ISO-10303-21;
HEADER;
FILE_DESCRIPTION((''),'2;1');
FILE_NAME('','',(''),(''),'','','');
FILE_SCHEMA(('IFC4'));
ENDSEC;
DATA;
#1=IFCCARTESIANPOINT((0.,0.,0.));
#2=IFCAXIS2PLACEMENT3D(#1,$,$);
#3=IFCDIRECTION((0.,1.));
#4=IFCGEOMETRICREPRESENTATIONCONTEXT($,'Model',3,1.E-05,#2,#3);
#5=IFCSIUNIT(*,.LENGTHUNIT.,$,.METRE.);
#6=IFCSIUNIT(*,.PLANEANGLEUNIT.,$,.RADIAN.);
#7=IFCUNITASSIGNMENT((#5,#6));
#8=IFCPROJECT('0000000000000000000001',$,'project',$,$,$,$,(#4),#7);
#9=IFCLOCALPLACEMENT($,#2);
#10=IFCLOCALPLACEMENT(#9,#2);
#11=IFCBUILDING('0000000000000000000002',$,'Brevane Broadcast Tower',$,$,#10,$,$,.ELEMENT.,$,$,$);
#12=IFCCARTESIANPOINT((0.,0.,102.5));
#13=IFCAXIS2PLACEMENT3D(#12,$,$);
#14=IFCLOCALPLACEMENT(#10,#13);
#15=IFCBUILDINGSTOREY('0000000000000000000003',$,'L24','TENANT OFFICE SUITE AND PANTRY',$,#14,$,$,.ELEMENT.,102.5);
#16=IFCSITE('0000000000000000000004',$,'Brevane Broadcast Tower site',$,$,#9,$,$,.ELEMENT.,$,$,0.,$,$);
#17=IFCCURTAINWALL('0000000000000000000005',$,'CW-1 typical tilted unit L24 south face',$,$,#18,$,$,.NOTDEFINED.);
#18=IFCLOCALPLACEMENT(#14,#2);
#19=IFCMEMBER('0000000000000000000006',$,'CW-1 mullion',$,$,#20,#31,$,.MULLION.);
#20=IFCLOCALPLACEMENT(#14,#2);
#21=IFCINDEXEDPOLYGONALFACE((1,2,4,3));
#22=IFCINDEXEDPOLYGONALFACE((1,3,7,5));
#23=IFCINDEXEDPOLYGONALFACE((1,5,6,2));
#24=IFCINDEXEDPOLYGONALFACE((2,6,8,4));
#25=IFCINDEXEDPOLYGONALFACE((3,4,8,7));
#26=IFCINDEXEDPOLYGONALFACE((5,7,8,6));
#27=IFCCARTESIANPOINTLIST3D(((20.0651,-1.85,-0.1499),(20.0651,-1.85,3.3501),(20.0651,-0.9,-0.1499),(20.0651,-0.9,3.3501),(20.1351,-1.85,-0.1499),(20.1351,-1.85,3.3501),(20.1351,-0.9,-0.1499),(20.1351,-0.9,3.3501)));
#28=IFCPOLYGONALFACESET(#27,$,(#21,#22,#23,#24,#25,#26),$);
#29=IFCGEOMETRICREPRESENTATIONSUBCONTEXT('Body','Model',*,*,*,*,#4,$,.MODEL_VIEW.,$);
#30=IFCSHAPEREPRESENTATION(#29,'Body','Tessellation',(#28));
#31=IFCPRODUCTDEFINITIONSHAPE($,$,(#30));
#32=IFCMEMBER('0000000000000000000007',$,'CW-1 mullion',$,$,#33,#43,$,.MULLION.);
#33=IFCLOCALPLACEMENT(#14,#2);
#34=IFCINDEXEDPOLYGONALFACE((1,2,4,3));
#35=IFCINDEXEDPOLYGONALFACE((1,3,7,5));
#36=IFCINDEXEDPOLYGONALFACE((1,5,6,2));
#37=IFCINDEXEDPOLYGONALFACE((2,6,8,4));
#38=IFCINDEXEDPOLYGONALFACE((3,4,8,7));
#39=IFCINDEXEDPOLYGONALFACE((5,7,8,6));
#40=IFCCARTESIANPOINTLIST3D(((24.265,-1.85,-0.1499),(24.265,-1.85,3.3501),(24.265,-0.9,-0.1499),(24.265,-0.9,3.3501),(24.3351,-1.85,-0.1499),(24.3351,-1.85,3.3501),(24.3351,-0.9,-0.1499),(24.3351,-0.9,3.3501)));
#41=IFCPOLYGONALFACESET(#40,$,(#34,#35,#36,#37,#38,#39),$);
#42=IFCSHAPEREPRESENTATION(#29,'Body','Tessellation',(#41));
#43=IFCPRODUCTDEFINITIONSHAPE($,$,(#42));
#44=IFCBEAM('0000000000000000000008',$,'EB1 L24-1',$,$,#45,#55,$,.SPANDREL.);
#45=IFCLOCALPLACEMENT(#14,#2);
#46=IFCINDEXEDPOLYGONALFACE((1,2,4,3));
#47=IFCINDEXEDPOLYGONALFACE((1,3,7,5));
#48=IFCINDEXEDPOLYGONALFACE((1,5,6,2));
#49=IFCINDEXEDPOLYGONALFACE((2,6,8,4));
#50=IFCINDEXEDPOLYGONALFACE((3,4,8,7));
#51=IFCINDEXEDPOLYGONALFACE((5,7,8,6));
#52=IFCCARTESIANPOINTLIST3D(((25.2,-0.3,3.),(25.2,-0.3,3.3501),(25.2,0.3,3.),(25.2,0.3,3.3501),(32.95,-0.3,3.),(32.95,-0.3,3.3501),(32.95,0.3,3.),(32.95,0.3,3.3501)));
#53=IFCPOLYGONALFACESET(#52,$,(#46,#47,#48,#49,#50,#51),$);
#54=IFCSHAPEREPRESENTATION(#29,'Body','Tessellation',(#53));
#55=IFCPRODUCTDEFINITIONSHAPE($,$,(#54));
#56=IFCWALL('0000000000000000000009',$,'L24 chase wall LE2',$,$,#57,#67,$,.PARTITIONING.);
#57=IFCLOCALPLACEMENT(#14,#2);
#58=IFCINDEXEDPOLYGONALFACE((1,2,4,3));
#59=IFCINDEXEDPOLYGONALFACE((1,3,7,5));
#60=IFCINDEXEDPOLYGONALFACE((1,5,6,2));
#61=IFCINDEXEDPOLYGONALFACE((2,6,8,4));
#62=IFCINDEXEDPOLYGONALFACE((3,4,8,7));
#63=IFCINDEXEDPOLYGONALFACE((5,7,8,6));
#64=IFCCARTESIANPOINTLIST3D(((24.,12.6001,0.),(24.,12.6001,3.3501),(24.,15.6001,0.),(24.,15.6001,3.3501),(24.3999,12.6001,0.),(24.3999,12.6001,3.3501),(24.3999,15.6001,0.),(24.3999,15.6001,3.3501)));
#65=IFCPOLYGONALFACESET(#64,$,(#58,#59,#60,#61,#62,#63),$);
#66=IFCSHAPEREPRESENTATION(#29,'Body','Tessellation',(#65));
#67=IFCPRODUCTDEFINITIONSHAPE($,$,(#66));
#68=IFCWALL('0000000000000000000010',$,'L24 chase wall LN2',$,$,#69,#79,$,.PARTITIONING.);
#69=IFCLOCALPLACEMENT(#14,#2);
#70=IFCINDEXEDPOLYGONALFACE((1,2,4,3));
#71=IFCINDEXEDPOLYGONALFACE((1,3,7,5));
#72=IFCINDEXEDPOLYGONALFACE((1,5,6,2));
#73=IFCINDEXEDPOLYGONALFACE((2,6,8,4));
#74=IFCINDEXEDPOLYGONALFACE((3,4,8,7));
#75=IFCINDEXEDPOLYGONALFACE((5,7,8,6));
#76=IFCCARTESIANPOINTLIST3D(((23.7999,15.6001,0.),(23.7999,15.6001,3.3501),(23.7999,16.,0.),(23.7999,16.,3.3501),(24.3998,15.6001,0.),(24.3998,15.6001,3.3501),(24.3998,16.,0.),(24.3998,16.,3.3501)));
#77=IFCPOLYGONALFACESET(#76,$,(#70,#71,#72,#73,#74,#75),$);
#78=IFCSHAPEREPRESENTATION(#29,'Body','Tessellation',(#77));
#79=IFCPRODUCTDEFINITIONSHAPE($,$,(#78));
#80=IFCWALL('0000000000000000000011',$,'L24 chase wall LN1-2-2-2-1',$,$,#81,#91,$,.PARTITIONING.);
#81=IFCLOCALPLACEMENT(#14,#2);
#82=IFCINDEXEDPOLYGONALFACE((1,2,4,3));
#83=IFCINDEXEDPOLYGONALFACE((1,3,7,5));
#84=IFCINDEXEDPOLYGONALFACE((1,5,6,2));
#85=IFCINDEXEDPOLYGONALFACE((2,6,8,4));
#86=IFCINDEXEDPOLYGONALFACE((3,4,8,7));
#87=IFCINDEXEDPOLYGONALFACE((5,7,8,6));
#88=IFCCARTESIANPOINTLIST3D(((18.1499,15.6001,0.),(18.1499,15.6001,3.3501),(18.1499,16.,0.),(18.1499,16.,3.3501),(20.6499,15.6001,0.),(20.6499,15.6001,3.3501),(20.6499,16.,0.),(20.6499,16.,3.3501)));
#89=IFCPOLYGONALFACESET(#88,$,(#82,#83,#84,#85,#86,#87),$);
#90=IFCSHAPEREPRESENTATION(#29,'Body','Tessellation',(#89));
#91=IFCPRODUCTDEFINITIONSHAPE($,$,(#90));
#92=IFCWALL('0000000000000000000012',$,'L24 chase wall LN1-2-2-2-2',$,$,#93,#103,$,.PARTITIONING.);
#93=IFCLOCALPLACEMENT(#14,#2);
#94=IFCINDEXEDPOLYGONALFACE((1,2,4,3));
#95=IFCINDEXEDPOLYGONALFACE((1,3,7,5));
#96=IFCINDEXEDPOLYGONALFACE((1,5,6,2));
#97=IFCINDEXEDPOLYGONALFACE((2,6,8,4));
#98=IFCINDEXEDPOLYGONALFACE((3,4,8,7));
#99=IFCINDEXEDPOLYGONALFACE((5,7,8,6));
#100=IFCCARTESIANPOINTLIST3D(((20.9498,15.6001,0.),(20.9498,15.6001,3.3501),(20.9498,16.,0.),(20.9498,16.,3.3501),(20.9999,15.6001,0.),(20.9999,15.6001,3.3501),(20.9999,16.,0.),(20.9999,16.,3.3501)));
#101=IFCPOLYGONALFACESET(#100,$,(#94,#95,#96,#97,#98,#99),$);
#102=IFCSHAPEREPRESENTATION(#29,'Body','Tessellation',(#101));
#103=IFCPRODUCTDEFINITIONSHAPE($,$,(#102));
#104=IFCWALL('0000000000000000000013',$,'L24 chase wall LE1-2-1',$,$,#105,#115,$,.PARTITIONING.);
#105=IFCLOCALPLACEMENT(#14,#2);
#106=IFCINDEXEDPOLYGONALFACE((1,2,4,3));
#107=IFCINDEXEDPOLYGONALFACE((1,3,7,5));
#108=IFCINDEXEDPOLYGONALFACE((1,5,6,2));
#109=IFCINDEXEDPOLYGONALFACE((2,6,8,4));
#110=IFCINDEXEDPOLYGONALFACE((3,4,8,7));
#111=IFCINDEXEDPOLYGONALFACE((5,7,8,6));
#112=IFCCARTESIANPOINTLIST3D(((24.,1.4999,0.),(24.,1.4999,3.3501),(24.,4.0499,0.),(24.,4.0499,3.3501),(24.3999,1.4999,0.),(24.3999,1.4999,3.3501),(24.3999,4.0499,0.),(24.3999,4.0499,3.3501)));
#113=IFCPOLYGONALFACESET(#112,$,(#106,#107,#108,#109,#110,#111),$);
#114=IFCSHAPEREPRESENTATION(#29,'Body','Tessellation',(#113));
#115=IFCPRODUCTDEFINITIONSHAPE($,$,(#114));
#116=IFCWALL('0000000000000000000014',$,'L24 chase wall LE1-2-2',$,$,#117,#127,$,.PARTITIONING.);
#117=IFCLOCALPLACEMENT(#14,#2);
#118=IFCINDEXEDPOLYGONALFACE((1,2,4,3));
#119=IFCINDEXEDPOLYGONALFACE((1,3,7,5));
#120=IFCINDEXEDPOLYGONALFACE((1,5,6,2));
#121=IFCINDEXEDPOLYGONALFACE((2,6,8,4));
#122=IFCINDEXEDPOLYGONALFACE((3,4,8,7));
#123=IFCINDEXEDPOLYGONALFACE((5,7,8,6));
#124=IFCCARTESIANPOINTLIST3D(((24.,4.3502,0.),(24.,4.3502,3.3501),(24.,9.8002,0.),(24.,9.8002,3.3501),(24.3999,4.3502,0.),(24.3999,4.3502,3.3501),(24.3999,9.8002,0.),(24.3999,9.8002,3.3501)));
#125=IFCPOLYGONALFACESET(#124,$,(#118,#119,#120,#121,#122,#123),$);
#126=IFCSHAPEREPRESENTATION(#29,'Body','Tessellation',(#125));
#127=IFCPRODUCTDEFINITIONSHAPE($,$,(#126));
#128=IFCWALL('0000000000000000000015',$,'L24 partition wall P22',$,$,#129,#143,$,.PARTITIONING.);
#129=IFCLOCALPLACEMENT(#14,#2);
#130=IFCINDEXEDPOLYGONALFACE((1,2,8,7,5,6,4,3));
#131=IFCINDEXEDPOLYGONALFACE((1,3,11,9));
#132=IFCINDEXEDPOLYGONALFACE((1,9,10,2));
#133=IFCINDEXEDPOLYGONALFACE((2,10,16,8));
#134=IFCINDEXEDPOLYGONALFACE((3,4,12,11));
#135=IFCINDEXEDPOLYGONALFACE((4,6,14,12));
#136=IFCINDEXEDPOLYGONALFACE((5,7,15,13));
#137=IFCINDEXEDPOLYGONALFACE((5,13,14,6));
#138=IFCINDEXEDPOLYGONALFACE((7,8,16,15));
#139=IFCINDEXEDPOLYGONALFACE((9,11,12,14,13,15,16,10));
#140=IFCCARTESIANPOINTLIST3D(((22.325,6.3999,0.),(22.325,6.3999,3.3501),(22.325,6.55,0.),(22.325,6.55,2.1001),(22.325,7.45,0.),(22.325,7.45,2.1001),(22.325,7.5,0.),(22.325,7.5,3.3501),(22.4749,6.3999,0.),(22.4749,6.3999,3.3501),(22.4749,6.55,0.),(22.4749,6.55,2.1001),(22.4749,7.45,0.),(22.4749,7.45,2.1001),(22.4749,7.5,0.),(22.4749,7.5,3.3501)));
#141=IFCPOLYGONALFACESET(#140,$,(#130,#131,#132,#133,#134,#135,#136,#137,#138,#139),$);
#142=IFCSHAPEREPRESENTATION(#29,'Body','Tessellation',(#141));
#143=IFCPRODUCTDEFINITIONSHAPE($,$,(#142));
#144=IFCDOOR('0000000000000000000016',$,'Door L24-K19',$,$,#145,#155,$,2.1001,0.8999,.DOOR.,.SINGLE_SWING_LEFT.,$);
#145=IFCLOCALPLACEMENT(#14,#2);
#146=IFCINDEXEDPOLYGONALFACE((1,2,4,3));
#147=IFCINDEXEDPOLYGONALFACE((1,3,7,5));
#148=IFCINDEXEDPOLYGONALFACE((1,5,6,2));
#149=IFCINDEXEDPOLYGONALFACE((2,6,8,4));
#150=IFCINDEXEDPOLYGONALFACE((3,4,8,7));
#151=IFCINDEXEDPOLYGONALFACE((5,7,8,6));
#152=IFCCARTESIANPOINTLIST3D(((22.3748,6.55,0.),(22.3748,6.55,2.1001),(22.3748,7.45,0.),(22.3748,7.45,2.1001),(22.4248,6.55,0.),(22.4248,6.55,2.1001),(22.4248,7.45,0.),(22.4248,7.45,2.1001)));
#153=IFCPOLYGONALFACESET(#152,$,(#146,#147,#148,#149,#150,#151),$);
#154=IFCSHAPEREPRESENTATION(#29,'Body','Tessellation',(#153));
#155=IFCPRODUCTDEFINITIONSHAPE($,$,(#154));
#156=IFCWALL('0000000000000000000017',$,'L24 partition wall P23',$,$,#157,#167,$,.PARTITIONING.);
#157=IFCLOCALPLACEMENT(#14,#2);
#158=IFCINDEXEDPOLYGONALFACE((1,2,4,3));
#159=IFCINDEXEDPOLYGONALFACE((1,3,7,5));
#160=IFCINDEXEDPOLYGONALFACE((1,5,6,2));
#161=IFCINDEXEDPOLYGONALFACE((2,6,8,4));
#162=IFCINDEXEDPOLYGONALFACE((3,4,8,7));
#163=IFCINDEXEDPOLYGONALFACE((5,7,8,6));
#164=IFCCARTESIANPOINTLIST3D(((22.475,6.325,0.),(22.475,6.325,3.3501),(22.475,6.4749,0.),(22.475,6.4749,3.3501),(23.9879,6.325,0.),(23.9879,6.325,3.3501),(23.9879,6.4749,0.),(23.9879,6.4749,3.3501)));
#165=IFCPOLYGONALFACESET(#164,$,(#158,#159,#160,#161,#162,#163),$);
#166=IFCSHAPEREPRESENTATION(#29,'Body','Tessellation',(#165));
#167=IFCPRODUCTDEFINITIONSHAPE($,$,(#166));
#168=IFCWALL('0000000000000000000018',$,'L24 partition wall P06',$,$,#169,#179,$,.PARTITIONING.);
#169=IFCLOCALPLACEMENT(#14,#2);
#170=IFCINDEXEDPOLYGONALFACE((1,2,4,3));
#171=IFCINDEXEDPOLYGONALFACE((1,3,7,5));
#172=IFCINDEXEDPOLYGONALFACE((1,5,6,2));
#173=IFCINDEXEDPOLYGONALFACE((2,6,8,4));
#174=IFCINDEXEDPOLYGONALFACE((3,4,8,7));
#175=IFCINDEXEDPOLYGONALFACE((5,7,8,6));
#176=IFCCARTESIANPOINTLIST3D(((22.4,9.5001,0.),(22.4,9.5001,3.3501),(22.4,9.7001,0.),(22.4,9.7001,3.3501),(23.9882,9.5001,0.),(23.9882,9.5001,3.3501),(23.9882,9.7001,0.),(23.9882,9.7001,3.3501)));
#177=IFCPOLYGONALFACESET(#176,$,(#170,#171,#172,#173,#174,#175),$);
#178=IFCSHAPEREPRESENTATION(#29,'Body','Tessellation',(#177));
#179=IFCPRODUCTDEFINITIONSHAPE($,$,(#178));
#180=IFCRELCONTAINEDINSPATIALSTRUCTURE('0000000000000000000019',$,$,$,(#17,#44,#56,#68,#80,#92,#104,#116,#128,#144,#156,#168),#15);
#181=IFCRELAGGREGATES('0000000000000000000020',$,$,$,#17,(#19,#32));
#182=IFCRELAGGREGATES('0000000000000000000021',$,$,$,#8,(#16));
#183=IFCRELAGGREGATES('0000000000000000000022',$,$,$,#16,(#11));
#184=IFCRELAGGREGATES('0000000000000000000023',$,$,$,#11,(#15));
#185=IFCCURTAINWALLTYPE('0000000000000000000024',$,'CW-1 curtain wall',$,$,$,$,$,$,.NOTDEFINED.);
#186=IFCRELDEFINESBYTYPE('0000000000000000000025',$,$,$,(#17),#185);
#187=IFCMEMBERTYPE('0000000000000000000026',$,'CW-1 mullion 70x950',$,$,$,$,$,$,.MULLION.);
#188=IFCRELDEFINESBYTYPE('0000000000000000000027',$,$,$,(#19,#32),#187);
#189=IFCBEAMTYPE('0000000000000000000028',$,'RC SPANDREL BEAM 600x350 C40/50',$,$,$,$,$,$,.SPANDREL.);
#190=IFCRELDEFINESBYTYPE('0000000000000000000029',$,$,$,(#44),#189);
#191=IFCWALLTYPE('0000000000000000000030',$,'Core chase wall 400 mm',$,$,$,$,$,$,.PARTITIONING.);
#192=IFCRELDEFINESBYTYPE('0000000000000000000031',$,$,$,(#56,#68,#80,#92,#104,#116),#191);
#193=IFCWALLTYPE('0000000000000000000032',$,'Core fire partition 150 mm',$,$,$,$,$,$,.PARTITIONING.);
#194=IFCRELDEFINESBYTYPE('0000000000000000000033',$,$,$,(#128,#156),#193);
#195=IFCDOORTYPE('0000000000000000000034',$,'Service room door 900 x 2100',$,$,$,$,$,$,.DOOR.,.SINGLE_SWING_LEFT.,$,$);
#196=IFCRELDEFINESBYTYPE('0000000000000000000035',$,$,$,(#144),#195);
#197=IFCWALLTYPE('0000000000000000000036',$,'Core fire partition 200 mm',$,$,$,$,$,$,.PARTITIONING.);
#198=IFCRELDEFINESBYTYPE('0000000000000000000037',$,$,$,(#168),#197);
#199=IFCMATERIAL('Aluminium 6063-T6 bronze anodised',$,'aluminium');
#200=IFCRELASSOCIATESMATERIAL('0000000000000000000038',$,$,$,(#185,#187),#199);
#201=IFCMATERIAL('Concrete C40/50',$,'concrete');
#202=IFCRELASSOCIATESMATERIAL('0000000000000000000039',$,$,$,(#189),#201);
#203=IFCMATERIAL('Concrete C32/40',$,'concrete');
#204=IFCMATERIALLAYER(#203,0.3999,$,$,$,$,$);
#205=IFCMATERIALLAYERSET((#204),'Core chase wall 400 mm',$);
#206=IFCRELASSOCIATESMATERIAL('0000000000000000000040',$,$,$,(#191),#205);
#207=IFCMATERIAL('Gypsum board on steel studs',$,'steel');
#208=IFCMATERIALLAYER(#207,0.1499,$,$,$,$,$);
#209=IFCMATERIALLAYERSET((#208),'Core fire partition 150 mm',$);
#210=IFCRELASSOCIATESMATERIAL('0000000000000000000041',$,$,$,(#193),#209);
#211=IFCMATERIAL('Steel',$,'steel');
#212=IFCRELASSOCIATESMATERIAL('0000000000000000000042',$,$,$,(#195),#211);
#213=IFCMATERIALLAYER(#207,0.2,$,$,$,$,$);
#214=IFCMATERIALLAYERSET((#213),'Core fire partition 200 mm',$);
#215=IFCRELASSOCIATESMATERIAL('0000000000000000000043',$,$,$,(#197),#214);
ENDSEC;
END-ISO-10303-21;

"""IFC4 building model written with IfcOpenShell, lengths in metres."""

from ifc_helpers import new_model, si_unit, direction, frame, frame_2d, origin, origin_2d, place, context, subcontext, project, spatial, rectangle, extrude, material, layer, layer_set, material_profile, profile_set, type_object, element, fill, aggregate, save


model = new_model("IFC4")

# Units and contexts
model_context = context("Model", 3, precision=1e-05, world=origin(), true_north=direction((0.0, 1.0)))
body_context = subcontext(model_context, "Body", "Model", "MODEL_VIEW")
ifc_project = project(units=[si_unit("LENGTHUNIT", "METRE"), si_unit("PLANEANGLEUNIT", "RADIAN")], contexts=[model_context])

# Site, building, storey
site_placement = place(None, origin())
site = spatial("IfcSite", under=ifc_project, at=site_placement, Name="Brevane Broadcast Tower site", CompositionType="ELEMENT", RefElevation=0.0)
building_placement = place(site_placement, origin())
building = spatial("IfcBuilding", under=site, at=building_placement, Name="Brevane Broadcast Tower", CompositionType="ELEMENT")
storey_placement = place(building_placement, frame((0.0, 0.0, 102.5)))
storey = spatial("IfcBuildingStorey", under=building, at=storey_placement, Name="L24", Description="TENANT OFFICE SUITE AND PANTRY", CompositionType="ELEMENT", Elevation=102.5)

# Curtain wall, members
ifc_material_1 = material(Name="Aluminium 6063-T6 bronze anodised", Category="aluminium")
curtain_wall_type = type_object("IfcCurtainWallType", Name="CW-1 curtain wall", PredefinedType="NOTDEFINED", material=ifc_material_1)
curtain_wall_placement = place(storey_placement, origin())
curtain_wall = element("IfcCurtainWall", 1, at=curtain_wall_placement, inside=storey, type_object=curtain_wall_type, Name="CW-1 typical tilted unit L24 south face", PredefinedType="NOTDEFINED")
ifc_material_profile_1 = material_profile(ifc_material_1, rectangle(XDim=0.95, YDim=0.0701, at=origin_2d()), Name="RECT 70x950")
ifc_profile_set_1 = profile_set([ifc_material_profile_1], Name="Aluminium 6063-T6 bronze anodised")
member_type = type_object("IfcMemberType", Name="CW-1 mullion 70x950", PredefinedType="MULLION", material=ifc_profile_set_1)
member_1_placement = place(storey_placement, frame((20.1001, -1.375, -0.1499), z_axis=(0.0, 0.0, 1.0), x_axis=(0.0, 1.0, 0.0)))
member_1 = element("IfcMember", 2, at=member_1_placement, type_object=member_type, Name="CW-1 mullion", PredefinedType="MULLION", context=body_context, shape_type="SweptSolid", body=[
    extrude(rectangle(XDim=0.95, YDim=0.0701, at=origin_2d()), origin(), (0.0, 0.0, 1.0), 3.5),
])
member_2_placement = place(storey_placement, frame((24.3, -1.375, -0.1499), z_axis=(0.0, 0.0, 1.0), x_axis=(0.0, 1.0, 0.0)))
member_2 = element("IfcMember", 3, at=member_2_placement, type_object=member_type, Name="CW-1 mullion", PredefinedType="MULLION", context=body_context, shape_type="SweptSolid", body=[
    extrude(rectangle(XDim=0.95, YDim=0.0701, at=origin_2d()), origin(), (0.0, 0.0, 1.0), 3.5),
])
aggregate(curtain_wall, [member_1, member_2])

# Beam
ifc_material_2 = material(Name="Concrete C40/50", Category="concrete")
ifc_material_profile_2 = material_profile(ifc_material_2, rectangle(XDim=0.6001, YDim=0.3501, at=origin_2d()), Name="RC 600x350")
ifc_profile_set_2 = profile_set([ifc_material_profile_2], Name="Concrete C40/50")
beam_type = type_object("IfcBeamType", Name="RC SPANDREL BEAM 600x350 C40/50", PredefinedType="SPANDREL", material=ifc_profile_set_2)
beam_placement = place(storey_placement, frame((25.2, 0.0, 3.175), z_axis=(1.0, 0.0, 0.0), x_axis=(0.0, 1.0, 0.0)))
element("IfcBeam", 4, at=beam_placement, inside=storey, type_object=beam_type, Name="EB1 L24-1", PredefinedType="SPANDREL", context=body_context, shape_type="SweptSolid", body=[
    extrude(rectangle(XDim=0.6001, YDim=0.3501, at=origin_2d()), origin(), (0.0, 0.0, 1.0), 7.75),
])

# Walls
ifc_material_3 = material(Name="Concrete C32/40", Category="concrete")
ifc_layer_1 = layer(ifc_material_3, 0.3999)
ifc_layer_set_1 = layer_set([ifc_layer_1], Name="Core chase wall 400 mm")
wall_type_1 = type_object("IfcWallType", Name="Core chase wall 400 mm", PredefinedType="PARTITIONING", material=ifc_layer_set_1)
wall_1_placement = place(storey_placement, frame((24.2, 12.6001, 0.0), z_axis=(0.0, 0.0, 1.0), x_axis=(0.0, 1.0, 0.0)))
element("IfcWall", 5, at=wall_1_placement, inside=storey, type_object=wall_type_1, Name="L24 chase wall LE2", PredefinedType="PARTITIONING", context=body_context, shape_type="SweptSolid", body=[
    extrude(rectangle(XDim=3.0, YDim=0.3999, at=frame_2d((1.5, 0.0))), origin(), (0.0, 0.0, 1.0), 3.3501),
])
wall_2_placement = place(storey_placement, frame((23.8, 15.8, 0.0), z_axis=(0.0, 0.0, 1.0), x_axis=(1.0, 0.0, 0.0)))
element("IfcWall", 6, at=wall_2_placement, inside=storey, type_object=wall_type_1, Name="L24 chase wall LN2", PredefinedType="PARTITIONING", context=body_context, shape_type="SweptSolid", body=[
    extrude(rectangle(XDim=0.5999, YDim=0.3999, at=frame_2d((0.2998, 0.0))), origin(), (0.0, 0.0, 1.0), 3.3501),
])
wall_3_placement = place(storey_placement, frame((18.1499, 15.8, 0.0), z_axis=(0.0, 0.0, 1.0), x_axis=(1.0, 0.0, 0.0)))
element("IfcWall", 7, at=wall_3_placement, inside=storey, type_object=wall_type_1, Name="L24 chase wall LN1-2-2-2-1", PredefinedType="PARTITIONING", context=body_context, shape_type="SweptSolid", body=[
    extrude(rectangle(XDim=2.5, YDim=0.3999, at=frame_2d((1.25, 0.0))), origin(), (0.0, 0.0, 1.0), 3.3501),
])
wall_4_placement = place(storey_placement, frame((20.95, 15.8, 0.0), z_axis=(0.0, 0.0, 1.0), x_axis=(1.0, 0.0, 0.0)))
element("IfcWall", 8, at=wall_4_placement, inside=storey, type_object=wall_type_1, Name="L24 chase wall LN1-2-2-2-2", PredefinedType="PARTITIONING", context=body_context, shape_type="SweptSolid", body=[
    extrude(rectangle(XDim=0.05, YDim=0.3999, at=frame_2d((0.0249, 0.0))), origin(), (0.0, 0.0, 1.0), 3.3501),
])
wall_5_placement = place(storey_placement, frame((24.2, 1.5, 0.0), z_axis=(0.0, 0.0, 1.0), x_axis=(0.0, 1.0, 0.0)))
element("IfcWall", 9, at=wall_5_placement, inside=storey, type_object=wall_type_1, Name="L24 chase wall LE1-2-1", PredefinedType="PARTITIONING", context=body_context, shape_type="SweptSolid", body=[
    extrude(rectangle(XDim=2.55, YDim=0.3999, at=frame_2d((1.2749, 0.0))), origin(), (0.0, 0.0, 1.0), 3.3501),
])
wall_6_placement = place(storey_placement, frame((24.2, 4.3501, 0.0), z_axis=(0.0, 0.0, 1.0), x_axis=(0.0, 1.0, 0.0)))
element("IfcWall", 10, at=wall_6_placement, inside=storey, type_object=wall_type_1, Name="L24 chase wall LE1-2-2", PredefinedType="PARTITIONING", context=body_context, shape_type="SweptSolid", body=[
    extrude(rectangle(XDim=5.45, YDim=0.3999, at=frame_2d((2.7251, 0.0))), origin(), (0.0, 0.0, 1.0), 3.3501),
])

# Wall, opening, door
ifc_material_4 = material(Name="Gypsum board on steel studs", Category="steel")
ifc_layer_2 = layer(ifc_material_4, 0.1499)
ifc_layer_set_2 = layer_set([ifc_layer_2], Name="Core fire partition 150 mm")
wall_type_2 = type_object("IfcWallType", Name="Core fire partition 150 mm", PredefinedType="PARTITIONING", material=ifc_layer_set_2)
wall_7_placement = place(storey_placement, frame((22.3999, 7.5, 0.0), z_axis=(0.0, 0.0, 1.0), x_axis=(0.0, -1.0, 0.0)))
wall_7 = element("IfcWall", 11, at=wall_7_placement, inside=storey, type_object=wall_type_2, Name="L24 partition wall P22", PredefinedType="PARTITIONING", context=body_context, shape_type="SweptSolid", body=[
    extrude(rectangle(XDim=1.1001, YDim=0.1499, at=frame_2d((0.55, 0.0))), origin(), (0.0, 0.0, 1.0), 3.3501),
])
opening_1_placement = place(wall_7_placement, frame((0.05, 0.0, 0.0)))
opening_1 = element("IfcOpeningElement", 12, at=opening_1_placement, cuts=wall_7, PredefinedType="OPENING", context=body_context, shape_type="SweptSolid", body=[
    extrude(rectangle(XDim=0.8999, YDim=2.1001, at=frame_2d((0.45, 1.05))), frame((0.0, 0.085, 0.0), z_axis=(0.0, -1.0, 0.0), x_axis=(1.0, 0.0, 0.0)), (0.0, 0.0, 1.0), 0.1699),
])
ifc_material_5 = material(Name="Steel", Category="steel")
door_type_1 = type_object("IfcDoorType", Name="Service room door 900 x 2100", OperationType="SINGLE_SWING_LEFT", PredefinedType="DOOR", material=ifc_material_5)
door_1_placement = place(opening_1_placement, origin())
door_1 = element("IfcDoor", 13, at=door_1_placement, inside=storey, type_object=door_type_1, Name="Door L24-K19", OperationType="SINGLE_SWING_LEFT", OverallHeight=2.1001, OverallWidth=0.8999, PredefinedType="DOOR", context=body_context, shape_type="SweptSolid", body=[
    extrude(rectangle(XDim=0.8999, YDim=2.1001, at=frame_2d((0.45, 1.05))), frame((0.0, 0.0249, 0.0), z_axis=(0.0, -1.0, 0.0), x_axis=(1.0, 0.0, 0.0)), (0.0, 0.0, 1.0), 0.05),
])
fill(opening_1, door_1)

# Walls
wall_8_placement = place(storey_placement, frame((22.4751, 6.3999, 0.0), z_axis=(0.0, 0.0, 1.0), x_axis=(1.0, 0.0, 0.0)))
element("IfcWall", 14, at=wall_8_placement, inside=storey, type_object=wall_type_2, Name="L24 partition wall P23", PredefinedType="PARTITIONING", context=body_context, shape_type="SweptSolid", body=[
    extrude(rectangle(XDim=1.5129, YDim=0.1499, at=frame_2d((0.7563, 0.0))), origin(), (0.0, 0.0, 1.0), 3.3501),
])
ifc_layer_3 = layer(ifc_material_4, 0.2)
ifc_layer_set_3 = layer_set([ifc_layer_3], Name="Core fire partition 200 mm")
wall_type_3 = type_object("IfcWallType", Name="Core fire partition 200 mm", PredefinedType="PARTITIONING", material=ifc_layer_set_3)
wall_9_placement = place(storey_placement, frame((23.988, 9.6001, 0.0), z_axis=(0.0, 0.0, 1.0), x_axis=(-1.0, 0.0, 0.0)))
element("IfcWall", 15, at=wall_9_placement, inside=storey, type_object=wall_type_3, Name="L24 partition wall P06", PredefinedType="PARTITIONING", context=body_context, shape_type="SweptSolid", body=[
    extrude(rectangle(XDim=1.5881, YDim=0.2, at=frame_2d((0.7939, 0.0))), origin(), (0.0, 0.0, 1.0), 3.3501),
])

save(model, "model.ifc")
